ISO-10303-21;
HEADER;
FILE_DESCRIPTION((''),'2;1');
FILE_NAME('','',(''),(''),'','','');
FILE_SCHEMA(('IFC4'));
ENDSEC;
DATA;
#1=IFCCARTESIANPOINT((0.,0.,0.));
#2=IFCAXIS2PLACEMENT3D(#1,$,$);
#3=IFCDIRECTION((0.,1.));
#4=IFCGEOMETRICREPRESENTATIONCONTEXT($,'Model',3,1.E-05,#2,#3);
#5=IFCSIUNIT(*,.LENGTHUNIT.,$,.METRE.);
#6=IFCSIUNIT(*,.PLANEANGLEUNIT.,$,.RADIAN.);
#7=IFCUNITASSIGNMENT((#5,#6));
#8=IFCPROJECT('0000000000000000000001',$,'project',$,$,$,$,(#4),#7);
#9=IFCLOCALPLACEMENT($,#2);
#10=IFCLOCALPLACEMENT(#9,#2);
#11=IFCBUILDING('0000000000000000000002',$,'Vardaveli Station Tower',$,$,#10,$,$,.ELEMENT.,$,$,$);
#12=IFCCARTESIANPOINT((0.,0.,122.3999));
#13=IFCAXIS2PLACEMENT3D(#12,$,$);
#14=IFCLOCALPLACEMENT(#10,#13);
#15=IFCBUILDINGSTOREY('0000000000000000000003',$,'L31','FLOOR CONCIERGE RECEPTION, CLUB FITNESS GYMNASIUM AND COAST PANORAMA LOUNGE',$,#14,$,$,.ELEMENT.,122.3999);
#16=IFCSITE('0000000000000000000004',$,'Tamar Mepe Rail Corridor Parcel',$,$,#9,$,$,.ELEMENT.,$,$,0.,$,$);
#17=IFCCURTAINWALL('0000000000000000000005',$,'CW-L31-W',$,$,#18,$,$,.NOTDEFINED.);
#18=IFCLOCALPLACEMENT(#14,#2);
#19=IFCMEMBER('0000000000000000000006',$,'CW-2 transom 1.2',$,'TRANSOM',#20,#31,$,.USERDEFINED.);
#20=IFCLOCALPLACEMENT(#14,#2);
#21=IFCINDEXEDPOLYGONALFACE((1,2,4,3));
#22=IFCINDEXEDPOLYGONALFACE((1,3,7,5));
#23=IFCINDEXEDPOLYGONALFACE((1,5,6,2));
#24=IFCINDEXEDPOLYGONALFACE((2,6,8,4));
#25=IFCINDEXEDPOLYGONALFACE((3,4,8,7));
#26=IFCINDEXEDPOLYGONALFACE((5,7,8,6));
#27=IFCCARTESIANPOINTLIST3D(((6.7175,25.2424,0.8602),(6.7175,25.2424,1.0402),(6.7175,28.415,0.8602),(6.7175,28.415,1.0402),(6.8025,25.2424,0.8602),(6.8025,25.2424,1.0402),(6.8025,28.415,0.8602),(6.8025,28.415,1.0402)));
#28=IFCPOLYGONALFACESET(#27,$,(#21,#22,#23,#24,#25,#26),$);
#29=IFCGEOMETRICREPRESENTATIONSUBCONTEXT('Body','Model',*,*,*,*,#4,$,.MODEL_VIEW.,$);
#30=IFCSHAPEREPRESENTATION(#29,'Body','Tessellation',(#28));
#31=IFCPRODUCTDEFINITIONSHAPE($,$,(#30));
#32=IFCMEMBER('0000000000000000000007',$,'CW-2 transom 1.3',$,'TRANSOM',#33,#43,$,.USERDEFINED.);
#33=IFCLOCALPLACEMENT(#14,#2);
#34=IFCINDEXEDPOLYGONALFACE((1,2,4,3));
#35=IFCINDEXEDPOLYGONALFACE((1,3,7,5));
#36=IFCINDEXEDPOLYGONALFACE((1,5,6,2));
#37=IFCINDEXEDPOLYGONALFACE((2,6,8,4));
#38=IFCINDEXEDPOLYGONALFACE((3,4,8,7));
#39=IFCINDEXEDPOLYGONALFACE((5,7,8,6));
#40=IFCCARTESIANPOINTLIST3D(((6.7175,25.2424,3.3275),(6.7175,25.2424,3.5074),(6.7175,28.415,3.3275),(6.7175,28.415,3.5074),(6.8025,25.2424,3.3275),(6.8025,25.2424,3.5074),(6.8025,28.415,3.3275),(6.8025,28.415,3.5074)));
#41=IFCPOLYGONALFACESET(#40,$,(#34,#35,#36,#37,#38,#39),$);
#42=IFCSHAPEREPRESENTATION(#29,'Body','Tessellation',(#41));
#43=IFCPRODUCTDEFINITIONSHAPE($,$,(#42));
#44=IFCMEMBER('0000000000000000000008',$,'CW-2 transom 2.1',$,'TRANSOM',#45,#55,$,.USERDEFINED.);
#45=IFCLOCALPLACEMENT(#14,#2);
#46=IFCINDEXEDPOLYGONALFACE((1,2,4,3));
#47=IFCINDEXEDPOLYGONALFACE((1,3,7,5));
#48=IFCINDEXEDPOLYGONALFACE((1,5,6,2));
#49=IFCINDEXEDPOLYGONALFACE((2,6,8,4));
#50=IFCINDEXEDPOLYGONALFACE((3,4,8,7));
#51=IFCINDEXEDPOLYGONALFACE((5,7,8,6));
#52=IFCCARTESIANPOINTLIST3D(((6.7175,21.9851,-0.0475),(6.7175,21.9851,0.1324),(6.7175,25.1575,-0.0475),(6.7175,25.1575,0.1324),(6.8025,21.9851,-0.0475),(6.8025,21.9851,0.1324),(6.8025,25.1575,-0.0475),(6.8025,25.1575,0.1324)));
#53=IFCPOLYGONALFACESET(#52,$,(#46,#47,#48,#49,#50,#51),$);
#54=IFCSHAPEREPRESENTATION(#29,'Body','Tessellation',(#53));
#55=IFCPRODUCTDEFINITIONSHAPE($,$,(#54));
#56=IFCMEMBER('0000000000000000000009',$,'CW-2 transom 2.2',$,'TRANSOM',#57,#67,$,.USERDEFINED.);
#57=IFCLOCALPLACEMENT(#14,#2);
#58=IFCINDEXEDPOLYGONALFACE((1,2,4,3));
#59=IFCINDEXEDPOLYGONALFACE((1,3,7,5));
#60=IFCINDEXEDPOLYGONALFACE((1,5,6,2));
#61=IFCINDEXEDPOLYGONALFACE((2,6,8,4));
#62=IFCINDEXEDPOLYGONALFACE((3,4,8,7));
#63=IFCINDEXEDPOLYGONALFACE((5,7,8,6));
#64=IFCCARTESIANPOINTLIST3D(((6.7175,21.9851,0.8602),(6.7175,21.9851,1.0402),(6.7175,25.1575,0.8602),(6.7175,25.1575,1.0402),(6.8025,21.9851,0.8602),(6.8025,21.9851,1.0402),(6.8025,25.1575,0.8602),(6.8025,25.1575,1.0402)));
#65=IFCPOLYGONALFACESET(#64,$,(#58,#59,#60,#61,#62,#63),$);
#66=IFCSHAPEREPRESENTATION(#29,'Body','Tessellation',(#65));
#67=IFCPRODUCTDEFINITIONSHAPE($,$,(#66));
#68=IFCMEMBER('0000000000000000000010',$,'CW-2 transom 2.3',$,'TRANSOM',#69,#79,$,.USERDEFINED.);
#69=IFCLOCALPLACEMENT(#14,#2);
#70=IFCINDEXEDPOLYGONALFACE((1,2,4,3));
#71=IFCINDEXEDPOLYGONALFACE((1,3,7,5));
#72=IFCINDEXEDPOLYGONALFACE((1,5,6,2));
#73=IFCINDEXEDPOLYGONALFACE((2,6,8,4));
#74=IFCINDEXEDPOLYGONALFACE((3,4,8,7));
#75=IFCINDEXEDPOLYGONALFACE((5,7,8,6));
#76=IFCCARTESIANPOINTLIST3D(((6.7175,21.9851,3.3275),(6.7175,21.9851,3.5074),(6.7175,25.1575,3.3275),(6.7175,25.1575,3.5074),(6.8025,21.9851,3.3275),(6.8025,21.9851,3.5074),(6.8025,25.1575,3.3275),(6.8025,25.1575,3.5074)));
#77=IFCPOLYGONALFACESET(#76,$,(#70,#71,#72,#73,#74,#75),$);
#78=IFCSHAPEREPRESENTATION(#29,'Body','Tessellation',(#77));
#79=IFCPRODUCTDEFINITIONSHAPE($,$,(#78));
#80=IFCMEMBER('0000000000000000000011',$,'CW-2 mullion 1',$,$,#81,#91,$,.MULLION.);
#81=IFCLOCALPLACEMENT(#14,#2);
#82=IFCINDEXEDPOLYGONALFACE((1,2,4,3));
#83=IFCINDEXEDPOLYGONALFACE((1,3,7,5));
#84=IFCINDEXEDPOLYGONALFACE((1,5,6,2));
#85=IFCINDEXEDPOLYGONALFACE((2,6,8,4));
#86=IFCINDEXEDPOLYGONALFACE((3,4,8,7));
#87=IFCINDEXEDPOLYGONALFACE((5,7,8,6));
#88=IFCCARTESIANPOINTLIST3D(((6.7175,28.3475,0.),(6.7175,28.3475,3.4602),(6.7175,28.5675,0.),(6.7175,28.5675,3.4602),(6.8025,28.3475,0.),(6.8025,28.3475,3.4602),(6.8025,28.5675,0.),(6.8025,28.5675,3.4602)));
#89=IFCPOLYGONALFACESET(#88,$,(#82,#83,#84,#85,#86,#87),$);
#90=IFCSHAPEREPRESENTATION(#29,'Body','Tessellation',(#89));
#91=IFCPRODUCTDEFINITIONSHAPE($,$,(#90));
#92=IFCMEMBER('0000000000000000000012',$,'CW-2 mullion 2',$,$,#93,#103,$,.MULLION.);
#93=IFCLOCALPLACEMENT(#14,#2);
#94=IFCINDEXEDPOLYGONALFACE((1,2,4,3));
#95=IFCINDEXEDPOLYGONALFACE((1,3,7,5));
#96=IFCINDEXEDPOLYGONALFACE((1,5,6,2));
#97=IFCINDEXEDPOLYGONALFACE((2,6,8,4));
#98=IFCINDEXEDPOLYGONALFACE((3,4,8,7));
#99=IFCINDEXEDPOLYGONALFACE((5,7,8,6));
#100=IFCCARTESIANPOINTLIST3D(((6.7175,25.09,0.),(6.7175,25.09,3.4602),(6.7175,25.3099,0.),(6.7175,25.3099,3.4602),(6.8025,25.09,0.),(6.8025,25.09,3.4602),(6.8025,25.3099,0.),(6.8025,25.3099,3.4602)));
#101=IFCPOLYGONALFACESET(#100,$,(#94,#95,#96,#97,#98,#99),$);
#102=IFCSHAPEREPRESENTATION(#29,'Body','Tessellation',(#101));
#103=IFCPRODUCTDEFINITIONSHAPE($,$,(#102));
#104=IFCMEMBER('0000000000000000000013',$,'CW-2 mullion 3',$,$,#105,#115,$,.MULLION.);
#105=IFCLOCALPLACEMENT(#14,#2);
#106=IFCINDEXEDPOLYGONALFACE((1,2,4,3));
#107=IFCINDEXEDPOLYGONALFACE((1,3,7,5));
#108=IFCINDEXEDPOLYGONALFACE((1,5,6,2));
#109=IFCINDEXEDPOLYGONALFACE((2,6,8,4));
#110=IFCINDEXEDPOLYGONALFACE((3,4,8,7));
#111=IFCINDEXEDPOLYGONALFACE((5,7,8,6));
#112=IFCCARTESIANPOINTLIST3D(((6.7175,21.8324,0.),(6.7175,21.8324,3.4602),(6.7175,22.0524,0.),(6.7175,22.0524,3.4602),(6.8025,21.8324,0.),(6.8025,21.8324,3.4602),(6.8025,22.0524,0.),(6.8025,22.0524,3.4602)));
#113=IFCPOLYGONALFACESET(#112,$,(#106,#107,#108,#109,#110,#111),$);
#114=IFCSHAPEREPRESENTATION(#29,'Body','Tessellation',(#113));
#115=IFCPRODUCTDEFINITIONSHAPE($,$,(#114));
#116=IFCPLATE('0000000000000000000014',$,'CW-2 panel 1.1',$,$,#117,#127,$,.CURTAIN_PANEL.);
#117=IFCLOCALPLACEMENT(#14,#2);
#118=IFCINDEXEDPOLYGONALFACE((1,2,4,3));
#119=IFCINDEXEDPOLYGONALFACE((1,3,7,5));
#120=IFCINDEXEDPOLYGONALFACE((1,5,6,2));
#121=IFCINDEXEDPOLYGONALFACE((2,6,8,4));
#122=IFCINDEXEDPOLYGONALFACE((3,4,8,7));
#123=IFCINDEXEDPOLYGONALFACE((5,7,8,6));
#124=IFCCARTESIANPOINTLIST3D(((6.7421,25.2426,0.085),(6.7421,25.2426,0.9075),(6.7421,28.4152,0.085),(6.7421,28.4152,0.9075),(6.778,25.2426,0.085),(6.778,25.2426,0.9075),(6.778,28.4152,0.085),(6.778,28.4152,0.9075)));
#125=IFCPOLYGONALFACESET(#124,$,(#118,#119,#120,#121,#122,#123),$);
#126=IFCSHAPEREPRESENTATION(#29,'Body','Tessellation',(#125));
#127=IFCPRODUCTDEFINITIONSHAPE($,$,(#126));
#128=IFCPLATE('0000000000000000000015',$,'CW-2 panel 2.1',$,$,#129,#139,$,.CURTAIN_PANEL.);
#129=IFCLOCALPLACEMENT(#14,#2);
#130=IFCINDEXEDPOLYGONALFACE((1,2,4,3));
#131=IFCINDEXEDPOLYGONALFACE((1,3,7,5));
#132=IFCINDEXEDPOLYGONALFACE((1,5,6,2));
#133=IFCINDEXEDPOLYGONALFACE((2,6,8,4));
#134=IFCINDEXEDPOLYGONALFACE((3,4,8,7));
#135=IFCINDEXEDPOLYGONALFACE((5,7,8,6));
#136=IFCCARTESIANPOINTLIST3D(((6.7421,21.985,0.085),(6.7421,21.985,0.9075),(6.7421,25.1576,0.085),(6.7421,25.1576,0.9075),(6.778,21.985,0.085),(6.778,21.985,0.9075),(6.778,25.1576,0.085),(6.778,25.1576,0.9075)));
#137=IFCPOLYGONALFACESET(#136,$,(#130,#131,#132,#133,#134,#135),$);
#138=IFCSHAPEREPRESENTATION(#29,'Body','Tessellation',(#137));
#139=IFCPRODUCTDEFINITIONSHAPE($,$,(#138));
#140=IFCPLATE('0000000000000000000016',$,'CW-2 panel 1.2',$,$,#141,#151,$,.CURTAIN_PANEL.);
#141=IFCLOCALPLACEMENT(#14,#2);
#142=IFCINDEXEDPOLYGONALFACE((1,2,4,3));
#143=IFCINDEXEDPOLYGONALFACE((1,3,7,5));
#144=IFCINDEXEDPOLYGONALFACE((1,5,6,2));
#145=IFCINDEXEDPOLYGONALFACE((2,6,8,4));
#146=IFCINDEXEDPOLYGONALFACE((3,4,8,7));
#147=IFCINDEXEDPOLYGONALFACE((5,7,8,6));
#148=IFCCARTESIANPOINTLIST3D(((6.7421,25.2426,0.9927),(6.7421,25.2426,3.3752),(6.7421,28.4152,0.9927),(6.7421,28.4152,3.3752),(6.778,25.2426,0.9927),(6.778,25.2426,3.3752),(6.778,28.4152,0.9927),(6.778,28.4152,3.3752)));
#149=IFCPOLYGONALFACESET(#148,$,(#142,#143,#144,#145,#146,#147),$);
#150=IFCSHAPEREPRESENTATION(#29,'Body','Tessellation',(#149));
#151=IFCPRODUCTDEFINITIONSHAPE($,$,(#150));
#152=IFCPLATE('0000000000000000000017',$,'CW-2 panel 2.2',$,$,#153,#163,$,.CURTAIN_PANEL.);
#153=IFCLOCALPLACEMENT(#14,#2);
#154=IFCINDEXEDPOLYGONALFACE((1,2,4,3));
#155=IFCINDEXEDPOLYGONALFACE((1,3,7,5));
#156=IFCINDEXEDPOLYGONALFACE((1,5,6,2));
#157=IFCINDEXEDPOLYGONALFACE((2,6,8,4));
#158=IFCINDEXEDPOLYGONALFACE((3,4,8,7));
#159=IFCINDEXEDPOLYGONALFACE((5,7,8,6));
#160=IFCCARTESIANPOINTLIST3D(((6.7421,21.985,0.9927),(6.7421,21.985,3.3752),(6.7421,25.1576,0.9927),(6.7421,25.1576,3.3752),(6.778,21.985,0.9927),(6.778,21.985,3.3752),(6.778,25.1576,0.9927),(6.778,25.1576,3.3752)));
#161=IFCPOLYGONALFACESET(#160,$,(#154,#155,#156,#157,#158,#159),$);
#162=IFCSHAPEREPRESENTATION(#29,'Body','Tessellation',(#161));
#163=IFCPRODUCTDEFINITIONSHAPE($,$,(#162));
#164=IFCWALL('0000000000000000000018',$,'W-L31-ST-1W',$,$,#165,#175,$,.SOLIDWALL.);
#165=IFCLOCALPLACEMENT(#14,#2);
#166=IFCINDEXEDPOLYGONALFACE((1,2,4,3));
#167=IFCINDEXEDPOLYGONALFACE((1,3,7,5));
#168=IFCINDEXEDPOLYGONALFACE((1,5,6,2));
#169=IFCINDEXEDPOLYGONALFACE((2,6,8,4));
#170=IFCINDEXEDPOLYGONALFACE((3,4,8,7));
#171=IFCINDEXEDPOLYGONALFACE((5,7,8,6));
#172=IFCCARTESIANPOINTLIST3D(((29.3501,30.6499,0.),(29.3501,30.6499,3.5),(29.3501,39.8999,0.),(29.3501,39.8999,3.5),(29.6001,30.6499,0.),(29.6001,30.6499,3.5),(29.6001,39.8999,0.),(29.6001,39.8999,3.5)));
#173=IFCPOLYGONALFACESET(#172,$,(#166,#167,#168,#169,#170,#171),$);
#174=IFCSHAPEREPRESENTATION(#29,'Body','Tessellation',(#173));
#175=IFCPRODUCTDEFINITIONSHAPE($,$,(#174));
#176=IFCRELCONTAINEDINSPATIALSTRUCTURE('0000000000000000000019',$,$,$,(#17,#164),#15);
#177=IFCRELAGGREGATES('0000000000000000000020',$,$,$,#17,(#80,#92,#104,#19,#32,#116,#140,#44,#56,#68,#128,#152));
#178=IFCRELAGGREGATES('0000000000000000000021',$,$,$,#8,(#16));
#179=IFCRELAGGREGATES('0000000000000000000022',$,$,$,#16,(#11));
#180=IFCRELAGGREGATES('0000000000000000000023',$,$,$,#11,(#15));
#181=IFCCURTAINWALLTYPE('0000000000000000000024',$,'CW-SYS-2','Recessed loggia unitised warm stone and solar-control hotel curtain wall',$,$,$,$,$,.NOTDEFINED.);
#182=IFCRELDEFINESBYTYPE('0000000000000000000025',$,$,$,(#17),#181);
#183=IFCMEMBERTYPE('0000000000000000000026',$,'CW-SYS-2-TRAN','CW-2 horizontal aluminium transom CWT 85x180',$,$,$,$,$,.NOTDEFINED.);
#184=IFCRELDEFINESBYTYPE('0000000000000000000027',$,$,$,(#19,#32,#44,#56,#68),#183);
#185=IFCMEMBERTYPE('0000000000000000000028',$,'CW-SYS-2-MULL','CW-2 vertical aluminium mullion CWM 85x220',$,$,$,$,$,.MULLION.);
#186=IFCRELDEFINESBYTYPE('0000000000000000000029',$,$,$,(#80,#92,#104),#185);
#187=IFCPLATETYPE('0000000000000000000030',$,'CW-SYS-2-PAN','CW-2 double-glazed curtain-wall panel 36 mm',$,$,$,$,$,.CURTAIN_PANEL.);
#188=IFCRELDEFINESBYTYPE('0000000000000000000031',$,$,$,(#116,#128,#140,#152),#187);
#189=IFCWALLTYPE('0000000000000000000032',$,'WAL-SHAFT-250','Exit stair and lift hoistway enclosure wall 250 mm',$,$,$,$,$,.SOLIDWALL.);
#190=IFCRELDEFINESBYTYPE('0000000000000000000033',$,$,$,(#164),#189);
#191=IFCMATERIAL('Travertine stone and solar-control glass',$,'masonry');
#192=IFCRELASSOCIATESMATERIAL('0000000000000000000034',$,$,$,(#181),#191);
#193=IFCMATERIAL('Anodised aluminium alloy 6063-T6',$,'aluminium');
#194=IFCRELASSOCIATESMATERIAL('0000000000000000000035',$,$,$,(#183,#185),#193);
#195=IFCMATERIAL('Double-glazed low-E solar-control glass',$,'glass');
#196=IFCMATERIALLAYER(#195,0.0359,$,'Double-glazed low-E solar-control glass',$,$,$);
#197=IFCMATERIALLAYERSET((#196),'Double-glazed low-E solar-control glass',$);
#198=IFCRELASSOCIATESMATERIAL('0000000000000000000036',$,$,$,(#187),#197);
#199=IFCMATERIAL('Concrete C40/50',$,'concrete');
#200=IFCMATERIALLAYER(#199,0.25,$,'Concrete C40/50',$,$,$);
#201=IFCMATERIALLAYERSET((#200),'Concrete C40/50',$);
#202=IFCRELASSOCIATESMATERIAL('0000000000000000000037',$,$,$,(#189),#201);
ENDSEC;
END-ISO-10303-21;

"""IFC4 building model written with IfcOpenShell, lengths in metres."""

from ifc_helpers import new_model, si_unit, direction, frame, frame_2d, origin, origin_2d, place, context, subcontext, project, spatial, rectangle, extrude, source, transform, mapped, material, layer, layer_set, material_profile, profile_set, type_object, element, aggregate, save


model = new_model("IFC4")

# Units and contexts
model_context = context("Model", 3, precision=1e-05, world=origin(), true_north=direction((0.0, 1.0)))
body_context = subcontext(model_context, "Body", "Model", "MODEL_VIEW")
ifc_project = project(units=[si_unit("LENGTHUNIT", "METRE"), si_unit("PLANEANGLEUNIT", "RADIAN")], contexts=[model_context])

# Site, building, storey
site_placement = place(None, origin())
site = spatial("IfcSite", under=ifc_project, at=site_placement, Name="Tamar Mepe Rail Corridor Parcel", CompositionType="ELEMENT", RefElevation=0.0)
building_placement = place(site_placement, origin())
building = spatial("IfcBuilding", under=site, at=building_placement, Name="Vardaveli Station Tower", CompositionType="ELEMENT")
storey_placement = place(building_placement, frame((0.0, 0.0, 122.3999)))
storey = spatial("IfcBuildingStorey", under=building, at=storey_placement, Name="L31", Description="FLOOR CONCIERGE RECEPTION, CLUB FITNESS GYMNASIUM AND COAST PANORAMA LOUNGE", CompositionType="ELEMENT", Elevation=122.3999)

# Curtain wall, members, plates
ifc_material_1 = material(Name="Travertine stone and solar-control glass", Category="masonry")
curtain_wall_type = type_object("IfcCurtainWallType", Name="CW-SYS-2", Description="Recessed loggia unitised warm stone and solar-control hotel curtain wall", PredefinedType="NOTDEFINED", material=ifc_material_1)
curtain_wall_placement = place(storey_placement, origin())
curtain_wall = element("IfcCurtainWall", 1, at=curtain_wall_placement, inside=storey, type_object=curtain_wall_type, Name="CW-L31-W", PredefinedType="NOTDEFINED")
ifc_material_2 = material(Name="Anodised aluminium alloy 6063-T6", Category="aluminium")
ifc_material_profile_1 = material_profile(ifc_material_2, rectangle(XDim=0.085, YDim=0.1799, at=origin_2d()), Name="CWT 85x180")
ifc_profile_set_1 = profile_set([ifc_material_profile_1], Name="Anodised aluminium alloy 6063-T6")
member_type_1 = type_object("IfcMemberType", Name="CW-SYS-2-TRAN", Description="CW-2 horizontal aluminium transom CWT 85x180", PredefinedType="NOTDEFINED", material=ifc_profile_set_1)
shared_shape_1 = source(origin(), body_context, "Body", "SweptSolid", [
    extrude(rectangle(XDim=0.085, YDim=0.1799, at=origin_2d()), origin(), (0.0, 0.0, 1.0), 3.1726),
])
member_1_placement = place(storey_placement, frame((6.76, 28.415, 0.9502), z_axis=(0.0, -1.0, 0.0), x_axis=(1.0, 0.0, 0.0)))
member_1 = element("IfcMember", 2, at=member_1_placement, type_object=member_type_1, Name="CW-2 transom 1.2", ObjectType="TRANSOM", PredefinedType="USERDEFINED", context=body_context, shape_type="MappedRepresentation", body=[
    mapped(shared_shape_1, transform((0.0, 0.0, 0.0), scale=1.0)),
])
member_2_placement = place(storey_placement, frame((6.76, 28.415, 3.4175), z_axis=(0.0, -1.0, 0.0), x_axis=(1.0, 0.0, 0.0)))
member_2 = element("IfcMember", 3, at=member_2_placement, type_object=member_type_1, Name="CW-2 transom 1.3", ObjectType="TRANSOM", PredefinedType="USERDEFINED", context=body_context, shape_type="MappedRepresentation", body=[
    mapped(shared_shape_1, transform((0.0, 0.0, 0.0), scale=1.0)),
])
shared_shape_2 = source(origin(), body_context, "Body", "SweptSolid", [
    extrude(rectangle(XDim=0.085, YDim=0.1799, at=origin_2d()), origin(), (0.0, 0.0, 1.0), 3.1724),
])
member_3_placement = place(storey_placement, frame((6.76, 25.1575, 0.0425), z_axis=(0.0, -1.0, 0.0), x_axis=(1.0, 0.0, 0.0)))
member_3 = element("IfcMember", 4, at=member_3_placement, type_object=member_type_1, Name="CW-2 transom 2.1", ObjectType="TRANSOM", PredefinedType="USERDEFINED", context=body_context, shape_type="MappedRepresentation", body=[
    mapped(shared_shape_2, transform((0.0, 0.0, 0.0), scale=1.0)),
])
member_4_placement = place(storey_placement, frame((6.76, 25.1575, 0.9502), z_axis=(0.0, -1.0, 0.0), x_axis=(1.0, 0.0, 0.0)))
member_4 = element("IfcMember", 5, at=member_4_placement, type_object=member_type_1, Name="CW-2 transom 2.2", ObjectType="TRANSOM", PredefinedType="USERDEFINED", context=body_context, shape_type="MappedRepresentation", body=[
    mapped(shared_shape_2, transform((0.0, 0.0, 0.0), scale=1.0)),
])
member_5_placement = place(storey_placement, frame((6.76, 25.1575, 3.4175), z_axis=(0.0, -1.0, 0.0), x_axis=(1.0, 0.0, 0.0)))
member_5 = element("IfcMember", 6, at=member_5_placement, type_object=member_type_1, Name="CW-2 transom 2.3", ObjectType="TRANSOM", PredefinedType="USERDEFINED", context=body_context, shape_type="MappedRepresentation", body=[
    mapped(shared_shape_2, transform((0.0, 0.0, 0.0), scale=1.0)),
])
ifc_material_profile_2 = material_profile(ifc_material_2, rectangle(XDim=0.085, YDim=0.22, at=origin_2d()), Name="CWM 85x220")
ifc_profile_set_2 = profile_set([ifc_material_profile_2], Name="Anodised aluminium alloy 6063-T6")
member_type_2 = type_object("IfcMemberType", Name="CW-SYS-2-MULL", Description="CW-2 vertical aluminium mullion CWM 85x220", PredefinedType="MULLION", material=ifc_profile_set_2)
shared_shape_3 = source(origin(), body_context, "Body", "SweptSolid", [
    extrude(rectangle(XDim=0.085, YDim=0.22, at=origin_2d()), origin(), (0.0, 0.0, 1.0), 3.4602),
])
member_6_placement = place(storey_placement, frame((6.76, 28.4575, 0.0), z_axis=(0.0, 0.0, 1.0), x_axis=(1.0, 0.0, 0.0)))
member_6 = element("IfcMember", 7, at=member_6_placement, type_object=member_type_2, Name="CW-2 mullion 1", PredefinedType="MULLION", context=body_context, shape_type="MappedRepresentation", body=[
    mapped(shared_shape_3, transform((0.0, 0.0, 0.0), scale=1.0)),
])
member_7_placement = place(storey_placement, frame((6.76, 25.2, 0.0), z_axis=(0.0, 0.0, 1.0), x_axis=(1.0, 0.0, 0.0)))
member_7 = element("IfcMember", 8, at=member_7_placement, type_object=member_type_2, Name="CW-2 mullion 2", PredefinedType="MULLION", context=body_context, shape_type="MappedRepresentation", body=[
    mapped(shared_shape_3, transform((0.0, 0.0, 0.0), scale=1.0)),
])
member_8_placement = place(storey_placement, frame((6.76, 21.9424, 0.0), z_axis=(0.0, 0.0, 1.0), x_axis=(1.0, 0.0, 0.0)))
member_8 = element("IfcMember", 9, at=member_8_placement, type_object=member_type_2, Name="CW-2 mullion 3", PredefinedType="MULLION", context=body_context, shape_type="MappedRepresentation", body=[
    mapped(shared_shape_3, transform((0.0, 0.0, 0.0), scale=1.0)),
])
ifc_material_3 = material(Name="Double-glazed low-E solar-control glass", Category="glass")
ifc_layer_1 = layer(ifc_material_3, 0.0359, Name="Double-glazed low-E solar-control glass")
ifc_layer_set_1 = layer_set([ifc_layer_1], Name="Double-glazed low-E solar-control glass")
plate_type = type_object("IfcPlateType", Name="CW-SYS-2-PAN", Description="CW-2 double-glazed curtain-wall panel 36 mm", PredefinedType="CURTAIN_PANEL", material=ifc_layer_set_1)
shared_shape_4 = source(origin(), body_context, "Body", "SweptSolid", [
    extrude(rectangle(XDim=3.1726, YDim=0.0359, at=origin_2d()), origin(), (0.0, 0.0, 1.0), 0.8225),
])
plate_1_placement = place(storey_placement, frame((6.76, 26.8289, 0.085), z_axis=(0.0, 0.0, 1.0), x_axis=(0.0, -1.0, 0.0)))
plate_1 = element("IfcPlate", 10, at=plate_1_placement, type_object=plate_type, Name="CW-2 panel 1.1", PredefinedType="CURTAIN_PANEL", context=body_context, shape_type="MappedRepresentation", body=[
    mapped(shared_shape_4, transform((0.0, 0.0, 0.0), scale=1.0)),
])
plate_2_placement = place(storey_placement, frame((6.76, 23.5713, 0.085), z_axis=(0.0, 0.0, 1.0), x_axis=(0.0, -1.0, 0.0)))
plate_2 = element("IfcPlate", 11, at=plate_2_placement, type_object=plate_type, Name="CW-2 panel 2.1", PredefinedType="CURTAIN_PANEL", context=body_context, shape_type="MappedRepresentation", body=[
    mapped(shared_shape_4, transform((0.0, 0.0, 0.0), scale=1.0)),
])
shared_shape_5 = source(origin(), body_context, "Body", "SweptSolid", [
    extrude(rectangle(XDim=3.1726, YDim=0.0359, at=origin_2d()), origin(), (0.0, 0.0, 1.0), 2.3826),
])
plate_3_placement = place(storey_placement, frame((6.76, 26.8289, 0.9927), z_axis=(0.0, 0.0, 1.0), x_axis=(0.0, -1.0, 0.0)))
plate_3 = element("IfcPlate", 12, at=plate_3_placement, type_object=plate_type, Name="CW-2 panel 1.2", PredefinedType="CURTAIN_PANEL", context=body_context, shape_type="MappedRepresentation", body=[
    mapped(shared_shape_5, transform((0.0, 0.0, 0.0), scale=1.0)),
])
plate_4_placement = place(storey_placement, frame((6.76, 23.5713, 0.9927), z_axis=(0.0, 0.0, 1.0), x_axis=(0.0, -1.0, 0.0)))
plate_4 = element("IfcPlate", 13, at=plate_4_placement, type_object=plate_type, Name="CW-2 panel 2.2", PredefinedType="CURTAIN_PANEL", context=body_context, shape_type="MappedRepresentation", body=[
    mapped(shared_shape_5, transform((0.0, 0.0, 0.0), scale=1.0)),
])
aggregate(curtain_wall, [member_6, member_7, member_8, member_1, member_2, plate_1, plate_3, member_3, member_4, member_5, plate_2, plate_4])

# Wall
ifc_material_4 = material(Name="Concrete C40/50", Category="concrete")
ifc_layer_2 = layer(ifc_material_4, 0.25, Name="Concrete C40/50")
ifc_layer_set_2 = layer_set([ifc_layer_2], Name="Concrete C40/50")
wall_type_1 = type_object("IfcWallType", Name="WAL-SHAFT-250", Description="Exit stair and lift hoistway enclosure wall 250 mm", PredefinedType="SOLIDWALL", material=ifc_layer_set_2)
shared_shape_6 = source(origin(), body_context, "Body", "SweptSolid", [
    extrude(rectangle(XDim=9.25, YDim=0.25, at=frame_2d((4.625, 0.0))), origin(), (0.0, 0.0, 1.0), 3.5),
])
wall_1_placement = place(storey_placement, frame((29.4751, 30.6499, 0.0), z_axis=(0.0, 0.0, 1.0), x_axis=(0.0, 1.0, 0.0)))
element("IfcWall", 14, at=wall_1_placement, inside=storey, type_object=wall_type_1, Name="W-L31-ST-1W", PredefinedType="SOLIDWALL", context=body_context, shape_type="MappedRepresentation", body=[
    mapped(shared_shape_6, transform((0.0, 0.0, 0.0), scale=1.0)),
])

save(model, "model.ifc")
